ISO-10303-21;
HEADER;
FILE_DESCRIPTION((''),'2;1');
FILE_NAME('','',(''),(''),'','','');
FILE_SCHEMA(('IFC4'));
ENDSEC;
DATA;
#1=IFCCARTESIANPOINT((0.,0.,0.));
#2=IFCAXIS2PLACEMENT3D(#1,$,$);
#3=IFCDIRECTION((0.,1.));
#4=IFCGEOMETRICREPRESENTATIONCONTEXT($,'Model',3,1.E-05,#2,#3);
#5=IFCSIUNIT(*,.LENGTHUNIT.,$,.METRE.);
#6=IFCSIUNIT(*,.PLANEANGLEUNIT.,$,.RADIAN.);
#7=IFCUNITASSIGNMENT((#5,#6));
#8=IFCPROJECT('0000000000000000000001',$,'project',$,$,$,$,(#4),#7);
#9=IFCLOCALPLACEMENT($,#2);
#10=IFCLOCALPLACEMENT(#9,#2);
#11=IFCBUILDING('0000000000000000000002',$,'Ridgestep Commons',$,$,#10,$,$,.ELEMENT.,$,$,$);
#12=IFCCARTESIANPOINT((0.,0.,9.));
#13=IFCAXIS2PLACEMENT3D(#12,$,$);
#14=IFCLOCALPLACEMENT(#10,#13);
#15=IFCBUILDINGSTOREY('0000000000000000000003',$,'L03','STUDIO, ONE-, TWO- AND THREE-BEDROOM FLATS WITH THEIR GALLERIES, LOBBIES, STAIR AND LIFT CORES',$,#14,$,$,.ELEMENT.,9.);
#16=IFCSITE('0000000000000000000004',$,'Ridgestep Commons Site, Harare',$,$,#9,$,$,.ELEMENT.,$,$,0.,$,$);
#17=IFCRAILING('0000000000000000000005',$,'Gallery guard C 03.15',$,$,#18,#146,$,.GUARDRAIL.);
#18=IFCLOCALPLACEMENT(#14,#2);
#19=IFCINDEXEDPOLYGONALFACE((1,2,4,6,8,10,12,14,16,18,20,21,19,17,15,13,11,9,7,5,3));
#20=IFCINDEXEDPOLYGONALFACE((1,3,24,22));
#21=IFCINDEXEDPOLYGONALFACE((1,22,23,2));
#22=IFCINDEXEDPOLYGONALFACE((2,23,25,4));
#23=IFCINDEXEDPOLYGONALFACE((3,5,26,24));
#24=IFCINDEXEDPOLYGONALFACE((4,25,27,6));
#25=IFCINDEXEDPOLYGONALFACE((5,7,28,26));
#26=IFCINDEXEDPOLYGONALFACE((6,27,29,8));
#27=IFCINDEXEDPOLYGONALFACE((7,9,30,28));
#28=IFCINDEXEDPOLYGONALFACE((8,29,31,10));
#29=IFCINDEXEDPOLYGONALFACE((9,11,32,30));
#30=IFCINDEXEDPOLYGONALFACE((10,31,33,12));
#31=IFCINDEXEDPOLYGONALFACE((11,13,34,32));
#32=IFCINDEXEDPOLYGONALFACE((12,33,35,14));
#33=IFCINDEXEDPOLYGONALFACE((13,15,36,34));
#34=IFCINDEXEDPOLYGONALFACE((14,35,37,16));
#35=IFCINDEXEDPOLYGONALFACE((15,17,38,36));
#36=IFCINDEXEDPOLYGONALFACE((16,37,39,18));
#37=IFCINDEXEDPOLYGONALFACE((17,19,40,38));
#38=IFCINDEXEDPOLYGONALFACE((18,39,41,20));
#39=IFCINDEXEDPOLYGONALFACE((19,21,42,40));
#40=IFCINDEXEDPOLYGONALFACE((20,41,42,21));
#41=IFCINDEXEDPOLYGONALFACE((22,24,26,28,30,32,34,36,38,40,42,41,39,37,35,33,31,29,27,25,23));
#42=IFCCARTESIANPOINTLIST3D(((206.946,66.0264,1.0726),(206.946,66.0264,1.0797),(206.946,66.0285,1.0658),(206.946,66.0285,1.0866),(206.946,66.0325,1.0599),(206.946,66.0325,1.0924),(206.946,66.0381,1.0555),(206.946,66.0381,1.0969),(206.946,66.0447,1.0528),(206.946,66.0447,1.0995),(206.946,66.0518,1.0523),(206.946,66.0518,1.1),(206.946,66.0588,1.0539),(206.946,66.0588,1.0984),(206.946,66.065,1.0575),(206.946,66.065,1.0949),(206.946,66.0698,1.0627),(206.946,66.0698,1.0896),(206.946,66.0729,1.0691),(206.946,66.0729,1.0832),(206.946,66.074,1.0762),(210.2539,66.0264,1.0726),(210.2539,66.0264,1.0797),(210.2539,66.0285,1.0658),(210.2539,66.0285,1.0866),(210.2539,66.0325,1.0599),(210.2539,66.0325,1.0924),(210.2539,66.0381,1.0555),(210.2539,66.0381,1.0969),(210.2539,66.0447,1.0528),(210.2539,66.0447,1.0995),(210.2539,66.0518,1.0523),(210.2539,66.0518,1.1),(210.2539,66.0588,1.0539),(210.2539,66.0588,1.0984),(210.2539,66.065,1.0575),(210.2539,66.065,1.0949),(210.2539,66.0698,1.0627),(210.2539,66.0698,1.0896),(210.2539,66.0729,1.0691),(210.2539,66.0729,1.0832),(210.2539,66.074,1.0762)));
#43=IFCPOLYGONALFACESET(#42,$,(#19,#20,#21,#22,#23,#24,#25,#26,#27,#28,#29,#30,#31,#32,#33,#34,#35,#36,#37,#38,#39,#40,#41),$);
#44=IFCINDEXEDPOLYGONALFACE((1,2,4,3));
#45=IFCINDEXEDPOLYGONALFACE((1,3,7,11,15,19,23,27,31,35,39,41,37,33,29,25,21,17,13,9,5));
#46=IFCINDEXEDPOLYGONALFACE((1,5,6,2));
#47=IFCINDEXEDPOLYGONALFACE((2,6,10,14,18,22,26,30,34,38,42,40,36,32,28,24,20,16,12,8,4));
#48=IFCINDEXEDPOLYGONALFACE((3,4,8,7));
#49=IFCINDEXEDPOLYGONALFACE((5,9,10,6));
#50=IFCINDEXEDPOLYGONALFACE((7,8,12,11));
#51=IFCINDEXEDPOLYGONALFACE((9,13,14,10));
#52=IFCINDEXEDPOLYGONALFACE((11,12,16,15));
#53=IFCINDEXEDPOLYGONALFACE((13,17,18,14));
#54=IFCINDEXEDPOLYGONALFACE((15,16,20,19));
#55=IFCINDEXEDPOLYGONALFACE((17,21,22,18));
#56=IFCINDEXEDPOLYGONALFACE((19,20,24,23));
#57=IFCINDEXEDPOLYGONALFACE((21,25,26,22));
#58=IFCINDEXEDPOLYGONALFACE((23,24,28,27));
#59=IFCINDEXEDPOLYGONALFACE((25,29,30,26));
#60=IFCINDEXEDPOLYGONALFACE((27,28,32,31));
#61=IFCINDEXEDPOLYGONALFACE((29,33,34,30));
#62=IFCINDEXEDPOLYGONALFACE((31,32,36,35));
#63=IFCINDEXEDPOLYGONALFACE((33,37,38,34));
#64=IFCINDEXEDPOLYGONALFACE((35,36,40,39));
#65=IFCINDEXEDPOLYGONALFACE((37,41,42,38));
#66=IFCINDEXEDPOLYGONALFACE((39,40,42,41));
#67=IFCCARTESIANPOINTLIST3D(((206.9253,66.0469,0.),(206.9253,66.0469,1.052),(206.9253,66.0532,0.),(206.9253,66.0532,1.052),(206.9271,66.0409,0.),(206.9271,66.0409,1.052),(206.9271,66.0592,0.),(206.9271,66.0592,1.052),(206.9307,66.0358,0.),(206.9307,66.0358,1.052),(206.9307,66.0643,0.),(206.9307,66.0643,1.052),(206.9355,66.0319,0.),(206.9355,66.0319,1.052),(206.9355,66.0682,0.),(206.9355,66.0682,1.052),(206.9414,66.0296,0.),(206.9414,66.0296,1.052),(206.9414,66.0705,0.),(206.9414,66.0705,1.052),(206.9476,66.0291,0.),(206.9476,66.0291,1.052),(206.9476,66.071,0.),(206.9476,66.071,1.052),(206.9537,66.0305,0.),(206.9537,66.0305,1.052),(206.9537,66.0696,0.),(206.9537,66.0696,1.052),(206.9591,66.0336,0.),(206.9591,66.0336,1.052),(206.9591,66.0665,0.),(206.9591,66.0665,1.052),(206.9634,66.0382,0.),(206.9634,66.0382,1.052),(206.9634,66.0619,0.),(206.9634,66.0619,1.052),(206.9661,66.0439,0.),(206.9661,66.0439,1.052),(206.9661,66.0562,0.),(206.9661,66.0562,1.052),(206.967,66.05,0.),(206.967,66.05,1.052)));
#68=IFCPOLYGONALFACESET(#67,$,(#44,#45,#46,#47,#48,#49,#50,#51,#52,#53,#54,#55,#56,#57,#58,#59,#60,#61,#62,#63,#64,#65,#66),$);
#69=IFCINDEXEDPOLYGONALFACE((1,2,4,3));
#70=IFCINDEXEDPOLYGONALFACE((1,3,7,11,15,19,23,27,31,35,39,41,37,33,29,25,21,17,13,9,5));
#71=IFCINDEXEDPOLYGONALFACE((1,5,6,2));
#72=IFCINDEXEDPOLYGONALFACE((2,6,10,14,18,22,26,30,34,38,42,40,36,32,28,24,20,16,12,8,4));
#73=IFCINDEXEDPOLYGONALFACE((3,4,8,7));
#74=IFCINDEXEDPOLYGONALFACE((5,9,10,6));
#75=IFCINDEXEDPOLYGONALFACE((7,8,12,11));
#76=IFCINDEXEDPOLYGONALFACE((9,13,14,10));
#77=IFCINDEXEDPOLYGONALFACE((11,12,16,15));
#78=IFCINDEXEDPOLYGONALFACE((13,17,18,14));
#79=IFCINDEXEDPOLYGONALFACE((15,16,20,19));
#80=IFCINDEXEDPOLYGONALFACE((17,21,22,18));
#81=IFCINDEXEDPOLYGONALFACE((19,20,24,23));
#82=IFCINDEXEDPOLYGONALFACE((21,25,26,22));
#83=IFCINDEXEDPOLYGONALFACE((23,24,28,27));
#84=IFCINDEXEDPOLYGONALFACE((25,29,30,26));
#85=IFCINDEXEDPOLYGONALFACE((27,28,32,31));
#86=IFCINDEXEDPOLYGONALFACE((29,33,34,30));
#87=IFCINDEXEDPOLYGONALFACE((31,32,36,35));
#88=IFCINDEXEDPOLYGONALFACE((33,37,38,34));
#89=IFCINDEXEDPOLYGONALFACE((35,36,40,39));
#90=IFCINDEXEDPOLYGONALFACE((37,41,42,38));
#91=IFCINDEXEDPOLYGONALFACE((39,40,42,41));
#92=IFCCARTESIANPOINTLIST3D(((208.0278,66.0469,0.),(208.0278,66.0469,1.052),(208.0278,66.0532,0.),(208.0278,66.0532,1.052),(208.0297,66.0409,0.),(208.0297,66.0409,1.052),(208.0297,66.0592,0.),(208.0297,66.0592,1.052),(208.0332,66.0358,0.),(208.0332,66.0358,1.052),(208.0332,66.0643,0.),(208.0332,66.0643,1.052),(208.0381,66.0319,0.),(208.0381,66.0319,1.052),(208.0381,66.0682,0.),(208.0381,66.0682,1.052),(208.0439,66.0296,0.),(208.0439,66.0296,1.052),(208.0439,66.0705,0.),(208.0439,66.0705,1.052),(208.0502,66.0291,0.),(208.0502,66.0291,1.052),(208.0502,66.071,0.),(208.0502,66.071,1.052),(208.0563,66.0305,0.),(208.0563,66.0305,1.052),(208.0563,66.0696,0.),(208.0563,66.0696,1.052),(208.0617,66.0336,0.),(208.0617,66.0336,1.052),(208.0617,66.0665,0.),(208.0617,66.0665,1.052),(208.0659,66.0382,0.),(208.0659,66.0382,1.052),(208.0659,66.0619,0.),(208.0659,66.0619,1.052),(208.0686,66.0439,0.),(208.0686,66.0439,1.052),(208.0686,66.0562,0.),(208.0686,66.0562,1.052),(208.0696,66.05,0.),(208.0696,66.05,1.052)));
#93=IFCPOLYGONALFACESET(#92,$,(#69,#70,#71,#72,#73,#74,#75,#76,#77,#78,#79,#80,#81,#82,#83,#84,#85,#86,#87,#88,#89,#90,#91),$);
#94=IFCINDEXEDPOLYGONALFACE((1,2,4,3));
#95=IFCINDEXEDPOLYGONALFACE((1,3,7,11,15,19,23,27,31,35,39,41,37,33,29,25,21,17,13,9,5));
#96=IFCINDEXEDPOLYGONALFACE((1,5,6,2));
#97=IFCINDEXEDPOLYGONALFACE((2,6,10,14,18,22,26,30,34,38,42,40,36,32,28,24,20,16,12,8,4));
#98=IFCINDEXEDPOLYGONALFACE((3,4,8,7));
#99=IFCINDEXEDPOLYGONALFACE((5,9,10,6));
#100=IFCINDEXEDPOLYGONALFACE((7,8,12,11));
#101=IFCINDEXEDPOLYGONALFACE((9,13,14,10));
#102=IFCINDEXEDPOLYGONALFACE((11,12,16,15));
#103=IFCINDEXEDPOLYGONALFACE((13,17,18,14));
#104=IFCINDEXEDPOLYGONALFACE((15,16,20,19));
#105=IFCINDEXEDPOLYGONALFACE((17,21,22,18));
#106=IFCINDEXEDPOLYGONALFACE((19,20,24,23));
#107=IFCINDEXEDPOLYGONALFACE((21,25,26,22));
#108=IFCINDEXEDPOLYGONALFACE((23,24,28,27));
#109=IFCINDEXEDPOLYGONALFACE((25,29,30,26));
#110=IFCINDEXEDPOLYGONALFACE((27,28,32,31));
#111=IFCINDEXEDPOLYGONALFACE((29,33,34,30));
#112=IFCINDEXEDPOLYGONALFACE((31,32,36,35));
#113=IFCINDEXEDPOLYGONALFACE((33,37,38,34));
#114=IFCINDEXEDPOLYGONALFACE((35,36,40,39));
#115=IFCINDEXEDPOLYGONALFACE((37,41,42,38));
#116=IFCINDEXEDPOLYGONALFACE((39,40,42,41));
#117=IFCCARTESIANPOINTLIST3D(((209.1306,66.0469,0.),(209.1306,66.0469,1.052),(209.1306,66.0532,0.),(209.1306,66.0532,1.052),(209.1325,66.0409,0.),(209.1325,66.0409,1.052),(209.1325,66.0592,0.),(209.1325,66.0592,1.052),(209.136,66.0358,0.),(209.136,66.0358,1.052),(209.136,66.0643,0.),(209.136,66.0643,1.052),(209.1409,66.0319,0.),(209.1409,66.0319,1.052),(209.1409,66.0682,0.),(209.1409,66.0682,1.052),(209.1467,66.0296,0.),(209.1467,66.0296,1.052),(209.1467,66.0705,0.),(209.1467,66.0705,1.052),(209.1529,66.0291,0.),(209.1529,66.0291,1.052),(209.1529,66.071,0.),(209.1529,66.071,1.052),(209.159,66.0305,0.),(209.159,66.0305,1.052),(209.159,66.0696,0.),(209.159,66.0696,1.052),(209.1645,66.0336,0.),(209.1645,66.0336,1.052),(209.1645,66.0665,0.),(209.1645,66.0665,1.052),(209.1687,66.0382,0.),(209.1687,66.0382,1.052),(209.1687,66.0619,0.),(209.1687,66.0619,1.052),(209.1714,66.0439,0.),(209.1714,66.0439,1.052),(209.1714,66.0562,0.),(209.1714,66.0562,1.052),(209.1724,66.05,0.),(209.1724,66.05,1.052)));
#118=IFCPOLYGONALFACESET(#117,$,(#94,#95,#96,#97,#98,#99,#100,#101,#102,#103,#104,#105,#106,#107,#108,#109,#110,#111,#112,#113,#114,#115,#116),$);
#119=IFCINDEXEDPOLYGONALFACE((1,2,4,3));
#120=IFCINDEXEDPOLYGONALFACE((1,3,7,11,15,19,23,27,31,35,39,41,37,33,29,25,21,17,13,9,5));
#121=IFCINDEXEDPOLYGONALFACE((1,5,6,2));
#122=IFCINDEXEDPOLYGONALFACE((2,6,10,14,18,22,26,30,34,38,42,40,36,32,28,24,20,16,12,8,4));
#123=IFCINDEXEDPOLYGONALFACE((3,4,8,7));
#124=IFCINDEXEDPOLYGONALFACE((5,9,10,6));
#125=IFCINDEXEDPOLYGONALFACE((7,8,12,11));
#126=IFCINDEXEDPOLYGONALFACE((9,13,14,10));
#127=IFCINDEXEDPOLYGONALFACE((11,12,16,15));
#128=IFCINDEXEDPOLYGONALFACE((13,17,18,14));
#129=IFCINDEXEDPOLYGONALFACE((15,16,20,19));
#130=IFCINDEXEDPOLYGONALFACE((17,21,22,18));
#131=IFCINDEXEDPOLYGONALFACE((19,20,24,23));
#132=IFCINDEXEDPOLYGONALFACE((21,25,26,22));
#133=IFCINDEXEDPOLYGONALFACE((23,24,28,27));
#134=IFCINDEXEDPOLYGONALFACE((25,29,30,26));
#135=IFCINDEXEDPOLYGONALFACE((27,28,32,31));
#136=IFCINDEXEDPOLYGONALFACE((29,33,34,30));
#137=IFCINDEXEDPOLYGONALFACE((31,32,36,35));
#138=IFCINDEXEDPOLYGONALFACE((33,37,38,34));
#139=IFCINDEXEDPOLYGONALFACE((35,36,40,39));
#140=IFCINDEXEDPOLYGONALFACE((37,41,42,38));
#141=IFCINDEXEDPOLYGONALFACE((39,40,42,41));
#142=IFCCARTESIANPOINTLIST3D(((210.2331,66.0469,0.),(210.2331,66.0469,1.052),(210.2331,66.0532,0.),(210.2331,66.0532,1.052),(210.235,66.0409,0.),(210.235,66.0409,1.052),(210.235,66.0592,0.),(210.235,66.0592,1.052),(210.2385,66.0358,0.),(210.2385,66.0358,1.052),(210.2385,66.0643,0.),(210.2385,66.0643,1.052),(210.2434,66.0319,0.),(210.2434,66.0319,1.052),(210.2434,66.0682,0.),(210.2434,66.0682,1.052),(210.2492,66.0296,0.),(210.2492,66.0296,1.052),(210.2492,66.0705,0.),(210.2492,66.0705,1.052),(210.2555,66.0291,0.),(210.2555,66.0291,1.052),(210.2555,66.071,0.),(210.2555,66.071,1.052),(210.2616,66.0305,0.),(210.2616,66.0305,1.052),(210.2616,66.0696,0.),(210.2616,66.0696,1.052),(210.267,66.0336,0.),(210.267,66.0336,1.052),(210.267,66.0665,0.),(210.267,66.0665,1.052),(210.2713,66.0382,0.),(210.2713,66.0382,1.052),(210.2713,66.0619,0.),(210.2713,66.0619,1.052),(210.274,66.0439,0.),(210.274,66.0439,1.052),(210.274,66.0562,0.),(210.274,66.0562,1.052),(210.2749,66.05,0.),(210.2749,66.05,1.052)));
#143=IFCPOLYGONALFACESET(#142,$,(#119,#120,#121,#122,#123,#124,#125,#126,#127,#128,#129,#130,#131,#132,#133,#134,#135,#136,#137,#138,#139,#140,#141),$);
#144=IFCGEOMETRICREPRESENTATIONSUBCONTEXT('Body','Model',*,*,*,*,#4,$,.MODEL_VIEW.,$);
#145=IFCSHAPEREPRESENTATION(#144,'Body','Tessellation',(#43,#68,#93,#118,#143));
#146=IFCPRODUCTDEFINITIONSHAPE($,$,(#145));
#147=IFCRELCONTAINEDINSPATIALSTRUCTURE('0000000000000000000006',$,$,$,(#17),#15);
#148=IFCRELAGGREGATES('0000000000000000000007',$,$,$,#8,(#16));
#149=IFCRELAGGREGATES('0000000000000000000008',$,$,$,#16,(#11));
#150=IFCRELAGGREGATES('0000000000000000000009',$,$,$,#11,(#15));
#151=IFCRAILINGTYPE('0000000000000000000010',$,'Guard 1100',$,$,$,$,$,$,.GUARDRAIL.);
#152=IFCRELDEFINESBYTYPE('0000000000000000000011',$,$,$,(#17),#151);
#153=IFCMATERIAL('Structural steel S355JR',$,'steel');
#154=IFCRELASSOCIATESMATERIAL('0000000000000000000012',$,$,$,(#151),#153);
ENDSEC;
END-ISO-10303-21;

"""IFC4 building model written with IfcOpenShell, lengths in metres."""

from ifc_helpers import new_model, si_unit, direction, frame, origin, origin_2d, place, context, subcontext, project, spatial, circle, extrude, material, type_object, element, save


model = new_model("IFC4")

# Units and contexts
model_context = context("Model", 3, precision=1e-05, world=origin(), true_north=direction((0.0, 1.0)))
body_context = subcontext(model_context, "Body", "Model", "MODEL_VIEW")
ifc_project = project(units=[si_unit("LENGTHUNIT", "METRE"), si_unit("PLANEANGLEUNIT", "RADIAN")], contexts=[model_context])

# Site, building, storey
site_placement = place(None, origin())
site = spatial("IfcSite", under=ifc_project, at=site_placement, Name="Ridgestep Commons Site, Harare", CompositionType="ELEMENT", RefElevation=0.0)
building_placement = place(site_placement, origin())
building = spatial("IfcBuilding", under=site, at=building_placement, Name="Ridgestep Commons", CompositionType="ELEMENT")
storey_placement = place(building_placement, frame((0.0, 0.0, 9.0)))
storey = spatial("IfcBuildingStorey", under=building, at=storey_placement, Name="L03", Description="STUDIO, ONE-, TWO- AND THREE-BEDROOM FLATS WITH THEIR GALLERIES, LOBBIES, STAIR AND LIFT CORES", CompositionType="ELEMENT", Elevation=9.0)

# Railing
ifc_material_1 = material(Name="Structural steel S355JR", Category="steel")
railing_type = type_object("IfcRailingType", Name="Guard 1100", PredefinedType="GUARDRAIL", material=ifc_material_1)
railing_1_placement = place(storey_placement, frame((206.946, 66.05, 0.0)))
element("IfcRailing", 1, at=railing_1_placement, inside=storey, type_object=railing_type, Name="Gallery guard C 03.15", PredefinedType="GUARDRAIL", context=body_context, shape_type="SweptSolid", body=[
    extrude(circle(Radius=0.0239, at=origin_2d()), frame((0.0, 0.0, 1.0762), z_axis=(1.0, 0.0, 0.0), x_axis=(0.0, 1.0, 0.0)), (0.0, 0.0, 1.0), 3.3079),
    extrude(circle(Radius=0.021, at=origin_2d()), origin(), (0.0, 0.0, 1.0), 1.052),
    extrude(circle(Radius=0.021, at=origin_2d()), frame((1.1025, 0.0, 0.0)), (0.0, 0.0, 1.0), 1.052),
    extrude(circle(Radius=0.021, at=origin_2d()), frame((2.2053, 0.0, 0.0)), (0.0, 0.0, 1.0), 1.052),
    extrude(circle(Radius=0.021, at=origin_2d()), frame((3.3079, 0.0, 0.0)), (0.0, 0.0, 1.0), 1.052),
])

save(model, "model.ifc")
